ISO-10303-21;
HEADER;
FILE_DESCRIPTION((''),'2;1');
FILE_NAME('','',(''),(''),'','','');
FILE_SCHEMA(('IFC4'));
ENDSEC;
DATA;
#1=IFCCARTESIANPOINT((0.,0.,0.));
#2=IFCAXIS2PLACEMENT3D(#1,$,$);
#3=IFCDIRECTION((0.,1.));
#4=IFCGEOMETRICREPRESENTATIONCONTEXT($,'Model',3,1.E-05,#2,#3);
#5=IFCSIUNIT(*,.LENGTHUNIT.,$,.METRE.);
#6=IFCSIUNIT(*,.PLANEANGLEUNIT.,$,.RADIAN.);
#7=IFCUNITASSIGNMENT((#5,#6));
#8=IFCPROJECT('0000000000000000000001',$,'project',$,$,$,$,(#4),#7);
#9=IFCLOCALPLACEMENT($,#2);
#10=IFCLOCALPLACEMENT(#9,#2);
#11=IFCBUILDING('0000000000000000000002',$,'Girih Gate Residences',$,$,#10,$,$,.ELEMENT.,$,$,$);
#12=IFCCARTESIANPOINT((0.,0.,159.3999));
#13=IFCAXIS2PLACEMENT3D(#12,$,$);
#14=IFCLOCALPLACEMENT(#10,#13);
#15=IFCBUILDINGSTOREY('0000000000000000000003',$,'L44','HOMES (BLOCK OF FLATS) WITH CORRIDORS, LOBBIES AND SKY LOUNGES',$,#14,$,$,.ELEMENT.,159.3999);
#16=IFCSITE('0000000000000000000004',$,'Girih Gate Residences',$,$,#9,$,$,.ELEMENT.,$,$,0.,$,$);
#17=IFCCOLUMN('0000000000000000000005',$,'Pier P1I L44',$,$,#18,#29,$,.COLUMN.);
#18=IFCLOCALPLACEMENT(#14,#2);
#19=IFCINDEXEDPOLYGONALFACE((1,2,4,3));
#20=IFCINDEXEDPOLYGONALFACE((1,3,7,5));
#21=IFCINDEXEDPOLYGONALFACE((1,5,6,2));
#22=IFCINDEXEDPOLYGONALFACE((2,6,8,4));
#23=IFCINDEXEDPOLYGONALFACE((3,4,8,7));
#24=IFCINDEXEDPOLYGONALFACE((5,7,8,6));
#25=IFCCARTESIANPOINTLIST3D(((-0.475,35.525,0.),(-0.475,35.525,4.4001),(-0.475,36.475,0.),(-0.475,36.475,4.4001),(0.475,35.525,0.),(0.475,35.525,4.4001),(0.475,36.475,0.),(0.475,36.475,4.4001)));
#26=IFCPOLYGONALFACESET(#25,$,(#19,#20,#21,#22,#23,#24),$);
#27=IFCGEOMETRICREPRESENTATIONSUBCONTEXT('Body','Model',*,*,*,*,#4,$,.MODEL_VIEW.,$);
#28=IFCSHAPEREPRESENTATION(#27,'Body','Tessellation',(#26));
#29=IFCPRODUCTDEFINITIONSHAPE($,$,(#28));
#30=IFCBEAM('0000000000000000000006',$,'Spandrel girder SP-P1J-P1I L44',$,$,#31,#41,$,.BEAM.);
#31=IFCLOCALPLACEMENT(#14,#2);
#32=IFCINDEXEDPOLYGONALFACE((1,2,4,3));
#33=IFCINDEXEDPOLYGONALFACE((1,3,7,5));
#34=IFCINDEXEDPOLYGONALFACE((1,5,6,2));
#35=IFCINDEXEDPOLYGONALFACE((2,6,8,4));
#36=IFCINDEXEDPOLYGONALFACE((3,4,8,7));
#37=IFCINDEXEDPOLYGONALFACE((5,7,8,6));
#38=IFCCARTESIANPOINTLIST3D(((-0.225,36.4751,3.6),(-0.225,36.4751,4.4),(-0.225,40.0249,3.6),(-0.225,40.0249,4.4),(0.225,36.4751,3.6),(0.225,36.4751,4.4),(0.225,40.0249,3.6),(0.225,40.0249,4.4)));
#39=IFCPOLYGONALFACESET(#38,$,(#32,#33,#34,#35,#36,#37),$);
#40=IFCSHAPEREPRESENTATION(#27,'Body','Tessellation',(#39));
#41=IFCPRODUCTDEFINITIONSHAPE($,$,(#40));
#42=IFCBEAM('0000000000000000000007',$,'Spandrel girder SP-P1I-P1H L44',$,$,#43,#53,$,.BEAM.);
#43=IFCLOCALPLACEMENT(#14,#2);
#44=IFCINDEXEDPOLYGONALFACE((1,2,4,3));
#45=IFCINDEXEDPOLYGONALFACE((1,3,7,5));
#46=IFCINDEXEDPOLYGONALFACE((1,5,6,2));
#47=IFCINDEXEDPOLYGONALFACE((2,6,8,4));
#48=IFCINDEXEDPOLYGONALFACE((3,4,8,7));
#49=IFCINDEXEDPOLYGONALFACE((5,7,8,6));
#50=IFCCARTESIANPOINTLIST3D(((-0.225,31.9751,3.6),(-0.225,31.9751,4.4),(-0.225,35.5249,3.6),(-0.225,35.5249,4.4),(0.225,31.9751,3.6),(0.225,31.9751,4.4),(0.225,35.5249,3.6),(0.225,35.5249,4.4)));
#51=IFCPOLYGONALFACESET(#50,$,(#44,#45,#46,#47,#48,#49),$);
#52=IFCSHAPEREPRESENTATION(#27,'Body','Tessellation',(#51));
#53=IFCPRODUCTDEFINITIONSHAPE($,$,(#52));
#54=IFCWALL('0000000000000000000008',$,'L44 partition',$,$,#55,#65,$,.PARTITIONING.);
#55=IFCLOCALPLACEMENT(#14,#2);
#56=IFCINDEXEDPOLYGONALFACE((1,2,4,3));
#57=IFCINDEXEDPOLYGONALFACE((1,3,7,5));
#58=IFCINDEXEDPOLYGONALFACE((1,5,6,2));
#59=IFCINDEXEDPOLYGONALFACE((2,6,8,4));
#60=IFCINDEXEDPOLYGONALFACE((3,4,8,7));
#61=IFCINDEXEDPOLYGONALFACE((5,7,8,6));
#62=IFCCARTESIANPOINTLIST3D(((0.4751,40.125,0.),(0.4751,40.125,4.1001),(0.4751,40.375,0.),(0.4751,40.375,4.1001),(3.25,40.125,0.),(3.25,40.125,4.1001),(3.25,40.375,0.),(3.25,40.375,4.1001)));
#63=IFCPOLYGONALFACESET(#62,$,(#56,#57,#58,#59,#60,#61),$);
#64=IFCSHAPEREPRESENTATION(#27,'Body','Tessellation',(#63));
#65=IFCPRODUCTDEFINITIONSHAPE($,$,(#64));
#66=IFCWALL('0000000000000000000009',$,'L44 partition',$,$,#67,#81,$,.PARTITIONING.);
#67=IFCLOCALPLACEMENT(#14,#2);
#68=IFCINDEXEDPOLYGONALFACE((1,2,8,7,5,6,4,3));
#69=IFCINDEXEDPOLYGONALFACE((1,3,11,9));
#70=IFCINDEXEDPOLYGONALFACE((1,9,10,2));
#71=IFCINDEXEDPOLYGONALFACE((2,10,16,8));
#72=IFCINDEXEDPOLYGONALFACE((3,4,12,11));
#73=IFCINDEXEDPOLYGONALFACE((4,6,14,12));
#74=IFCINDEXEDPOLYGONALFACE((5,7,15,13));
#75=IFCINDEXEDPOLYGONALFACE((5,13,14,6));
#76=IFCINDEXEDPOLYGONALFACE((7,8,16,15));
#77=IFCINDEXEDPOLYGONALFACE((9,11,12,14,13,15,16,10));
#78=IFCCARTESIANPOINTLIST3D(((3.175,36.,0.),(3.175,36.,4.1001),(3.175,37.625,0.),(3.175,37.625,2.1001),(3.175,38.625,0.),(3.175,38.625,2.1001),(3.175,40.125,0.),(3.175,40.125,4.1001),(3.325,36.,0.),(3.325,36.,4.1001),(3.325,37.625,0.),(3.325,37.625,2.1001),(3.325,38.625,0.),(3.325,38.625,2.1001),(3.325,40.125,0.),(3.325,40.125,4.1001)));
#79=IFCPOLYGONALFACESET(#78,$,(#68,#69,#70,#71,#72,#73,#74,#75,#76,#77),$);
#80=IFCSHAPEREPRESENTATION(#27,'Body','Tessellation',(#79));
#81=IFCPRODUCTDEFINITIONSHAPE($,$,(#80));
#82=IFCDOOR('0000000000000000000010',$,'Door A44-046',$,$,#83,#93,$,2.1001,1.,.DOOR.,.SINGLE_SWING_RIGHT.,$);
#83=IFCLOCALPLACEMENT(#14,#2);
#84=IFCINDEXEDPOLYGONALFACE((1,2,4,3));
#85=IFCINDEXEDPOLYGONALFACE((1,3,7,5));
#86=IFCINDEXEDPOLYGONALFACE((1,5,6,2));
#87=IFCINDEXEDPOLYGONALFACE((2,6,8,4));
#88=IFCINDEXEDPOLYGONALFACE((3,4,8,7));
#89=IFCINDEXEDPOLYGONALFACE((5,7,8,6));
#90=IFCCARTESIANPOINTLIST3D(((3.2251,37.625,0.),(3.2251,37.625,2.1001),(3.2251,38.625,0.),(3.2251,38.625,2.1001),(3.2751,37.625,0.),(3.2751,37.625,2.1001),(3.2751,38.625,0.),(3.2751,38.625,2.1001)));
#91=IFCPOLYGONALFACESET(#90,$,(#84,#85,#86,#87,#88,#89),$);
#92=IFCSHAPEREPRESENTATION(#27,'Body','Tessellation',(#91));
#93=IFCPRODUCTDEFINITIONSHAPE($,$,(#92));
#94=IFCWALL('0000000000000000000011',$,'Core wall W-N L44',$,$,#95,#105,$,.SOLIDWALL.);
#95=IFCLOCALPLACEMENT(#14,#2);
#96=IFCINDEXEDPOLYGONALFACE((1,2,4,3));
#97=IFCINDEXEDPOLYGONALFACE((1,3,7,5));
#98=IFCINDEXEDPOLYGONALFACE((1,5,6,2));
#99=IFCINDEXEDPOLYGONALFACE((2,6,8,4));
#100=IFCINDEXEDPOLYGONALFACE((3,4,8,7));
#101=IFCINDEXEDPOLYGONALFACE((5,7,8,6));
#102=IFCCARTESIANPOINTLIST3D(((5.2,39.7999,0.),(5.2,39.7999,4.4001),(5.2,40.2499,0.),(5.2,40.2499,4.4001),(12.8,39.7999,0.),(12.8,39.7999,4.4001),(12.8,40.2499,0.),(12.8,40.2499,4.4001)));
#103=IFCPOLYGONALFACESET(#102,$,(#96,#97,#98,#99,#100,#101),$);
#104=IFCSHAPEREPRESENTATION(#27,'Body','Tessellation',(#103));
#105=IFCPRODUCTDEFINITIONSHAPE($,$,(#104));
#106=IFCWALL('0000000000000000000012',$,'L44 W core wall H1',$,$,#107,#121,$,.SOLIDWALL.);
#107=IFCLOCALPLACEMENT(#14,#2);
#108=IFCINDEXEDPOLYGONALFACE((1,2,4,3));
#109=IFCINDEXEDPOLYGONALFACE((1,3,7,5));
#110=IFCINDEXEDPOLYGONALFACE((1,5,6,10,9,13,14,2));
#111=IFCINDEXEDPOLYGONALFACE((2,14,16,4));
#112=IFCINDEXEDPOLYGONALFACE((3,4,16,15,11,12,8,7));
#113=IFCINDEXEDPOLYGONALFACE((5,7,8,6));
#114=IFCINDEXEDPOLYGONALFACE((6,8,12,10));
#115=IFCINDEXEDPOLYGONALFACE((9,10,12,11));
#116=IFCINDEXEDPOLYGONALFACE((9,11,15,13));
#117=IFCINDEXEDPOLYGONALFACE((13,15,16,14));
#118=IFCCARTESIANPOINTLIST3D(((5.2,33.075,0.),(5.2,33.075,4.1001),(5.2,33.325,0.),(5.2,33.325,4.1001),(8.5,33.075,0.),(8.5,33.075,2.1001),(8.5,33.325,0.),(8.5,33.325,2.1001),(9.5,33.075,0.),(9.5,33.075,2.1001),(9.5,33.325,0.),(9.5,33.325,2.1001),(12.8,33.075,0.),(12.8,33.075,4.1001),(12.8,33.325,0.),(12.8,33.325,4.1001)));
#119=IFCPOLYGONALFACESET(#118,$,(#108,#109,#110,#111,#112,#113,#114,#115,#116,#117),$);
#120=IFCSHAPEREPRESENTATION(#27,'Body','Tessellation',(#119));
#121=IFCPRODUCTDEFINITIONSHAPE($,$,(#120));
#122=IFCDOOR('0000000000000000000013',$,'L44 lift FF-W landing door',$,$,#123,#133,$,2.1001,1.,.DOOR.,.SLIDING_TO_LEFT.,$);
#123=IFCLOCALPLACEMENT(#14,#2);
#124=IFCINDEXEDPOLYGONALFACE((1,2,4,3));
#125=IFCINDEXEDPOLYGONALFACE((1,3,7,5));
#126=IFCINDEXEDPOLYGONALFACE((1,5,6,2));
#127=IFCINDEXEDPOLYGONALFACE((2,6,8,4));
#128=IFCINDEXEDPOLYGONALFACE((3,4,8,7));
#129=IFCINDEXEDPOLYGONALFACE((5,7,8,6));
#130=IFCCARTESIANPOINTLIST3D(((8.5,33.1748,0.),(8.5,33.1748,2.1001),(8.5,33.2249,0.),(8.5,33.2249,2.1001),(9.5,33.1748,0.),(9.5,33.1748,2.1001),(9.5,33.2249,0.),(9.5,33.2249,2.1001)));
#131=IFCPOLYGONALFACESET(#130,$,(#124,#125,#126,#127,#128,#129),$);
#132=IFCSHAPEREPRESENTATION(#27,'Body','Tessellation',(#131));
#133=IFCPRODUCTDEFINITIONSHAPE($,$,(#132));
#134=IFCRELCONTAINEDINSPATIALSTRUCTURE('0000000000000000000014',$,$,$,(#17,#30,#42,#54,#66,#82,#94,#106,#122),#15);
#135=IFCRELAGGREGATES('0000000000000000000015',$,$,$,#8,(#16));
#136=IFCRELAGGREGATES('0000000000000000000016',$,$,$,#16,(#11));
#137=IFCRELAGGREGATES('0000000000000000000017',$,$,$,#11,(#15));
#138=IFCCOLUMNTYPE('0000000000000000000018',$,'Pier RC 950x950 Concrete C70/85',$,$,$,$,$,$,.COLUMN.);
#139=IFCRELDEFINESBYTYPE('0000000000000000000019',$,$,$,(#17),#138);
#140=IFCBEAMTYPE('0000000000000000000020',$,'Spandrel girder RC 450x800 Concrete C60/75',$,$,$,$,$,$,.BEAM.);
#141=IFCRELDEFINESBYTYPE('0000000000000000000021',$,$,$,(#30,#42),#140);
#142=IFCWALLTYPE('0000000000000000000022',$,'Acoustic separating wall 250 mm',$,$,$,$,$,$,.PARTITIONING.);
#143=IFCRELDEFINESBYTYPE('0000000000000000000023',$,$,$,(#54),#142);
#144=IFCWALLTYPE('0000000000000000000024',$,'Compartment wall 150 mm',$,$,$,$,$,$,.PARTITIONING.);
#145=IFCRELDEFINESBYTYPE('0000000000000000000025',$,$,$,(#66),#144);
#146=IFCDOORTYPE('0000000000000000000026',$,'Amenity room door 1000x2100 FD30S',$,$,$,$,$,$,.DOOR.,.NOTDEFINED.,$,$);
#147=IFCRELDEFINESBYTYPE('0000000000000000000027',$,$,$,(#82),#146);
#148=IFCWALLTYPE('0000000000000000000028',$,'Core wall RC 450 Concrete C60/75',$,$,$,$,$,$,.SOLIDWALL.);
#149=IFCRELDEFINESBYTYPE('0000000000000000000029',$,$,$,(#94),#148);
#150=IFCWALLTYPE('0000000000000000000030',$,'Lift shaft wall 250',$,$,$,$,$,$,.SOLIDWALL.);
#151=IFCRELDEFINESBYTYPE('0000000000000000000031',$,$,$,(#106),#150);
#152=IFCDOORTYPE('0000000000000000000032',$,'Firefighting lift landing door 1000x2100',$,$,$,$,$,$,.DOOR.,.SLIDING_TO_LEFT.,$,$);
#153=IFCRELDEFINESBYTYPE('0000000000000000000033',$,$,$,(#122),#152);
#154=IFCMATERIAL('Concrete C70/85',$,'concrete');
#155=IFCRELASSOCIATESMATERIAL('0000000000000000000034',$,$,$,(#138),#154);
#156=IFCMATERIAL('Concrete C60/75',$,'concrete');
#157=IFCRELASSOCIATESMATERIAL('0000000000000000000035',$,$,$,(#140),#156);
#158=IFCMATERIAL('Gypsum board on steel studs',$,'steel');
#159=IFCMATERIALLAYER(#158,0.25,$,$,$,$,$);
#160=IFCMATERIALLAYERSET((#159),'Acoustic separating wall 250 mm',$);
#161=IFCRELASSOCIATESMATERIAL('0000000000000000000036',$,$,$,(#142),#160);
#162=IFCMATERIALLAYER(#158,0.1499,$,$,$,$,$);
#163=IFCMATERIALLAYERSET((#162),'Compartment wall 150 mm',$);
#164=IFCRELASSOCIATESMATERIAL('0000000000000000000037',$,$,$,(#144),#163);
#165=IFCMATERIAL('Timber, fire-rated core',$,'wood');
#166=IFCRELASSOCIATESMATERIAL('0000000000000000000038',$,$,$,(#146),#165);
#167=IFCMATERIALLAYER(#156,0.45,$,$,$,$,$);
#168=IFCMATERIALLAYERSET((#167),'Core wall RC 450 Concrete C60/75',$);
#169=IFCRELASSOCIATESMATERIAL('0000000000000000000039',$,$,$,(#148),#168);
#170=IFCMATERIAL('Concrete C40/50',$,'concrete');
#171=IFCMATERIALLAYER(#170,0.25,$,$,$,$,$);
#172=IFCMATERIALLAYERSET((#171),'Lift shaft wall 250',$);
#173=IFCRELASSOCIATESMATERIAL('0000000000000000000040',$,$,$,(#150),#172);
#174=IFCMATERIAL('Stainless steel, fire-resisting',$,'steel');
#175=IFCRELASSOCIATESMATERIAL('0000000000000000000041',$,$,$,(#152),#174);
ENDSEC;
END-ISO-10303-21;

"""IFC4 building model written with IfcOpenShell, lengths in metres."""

from ifc_helpers import new_model, si_unit, direction, frame, frame_2d, origin, origin_2d, place, context, subcontext, project, spatial, rectangle, extrude, material, layer, layer_set, material_profile, profile_set, type_object, element, fill, save


model = new_model("IFC4")

# Units and contexts
model_context = context("Model", 3, precision=1e-05, world=origin(), true_north=direction((0.0, 1.0)))
body_context = subcontext(model_context, "Body", "Model", "MODEL_VIEW")
ifc_project = project(units=[si_unit("LENGTHUNIT", "METRE"), si_unit("PLANEANGLEUNIT", "RADIAN")], contexts=[model_context])

# Site, building, storey
site_placement = place(None, origin())
site = spatial("IfcSite", under=ifc_project, at=site_placement, Name="Girih Gate Residences", CompositionType="ELEMENT", RefElevation=0.0)
building_placement = place(site_placement, origin())
building = spatial("IfcBuilding", under=site, at=building_placement, Name="Girih Gate Residences", CompositionType="ELEMENT")
storey_placement = place(building_placement, frame((0.0, 0.0, 159.3999)))
storey = spatial("IfcBuildingStorey", under=building, at=storey_placement, Name="L44", Description="HOMES (BLOCK OF FLATS) WITH CORRIDORS, LOBBIES AND SKY LOUNGES", CompositionType="ELEMENT", Elevation=159.3999)

# Column
ifc_material_1 = material(Name="Concrete C70/85", Category="concrete")
ifc_material_profile_1 = material_profile(ifc_material_1, rectangle(XDim=0.95, YDim=0.95, at=origin_2d()))
ifc_profile_set_1 = profile_set([ifc_material_profile_1], Name="Concrete C70/85")
column_type = type_object("IfcColumnType", Name="Pier RC 950x950 Concrete C70/85", PredefinedType="COLUMN", material=ifc_profile_set_1)
column_placement = place(storey_placement, frame((0.0, 36.0, 0.0), z_axis=(0.0, 0.0, 1.0), x_axis=(1.0, 0.0, 0.0)))
element("IfcColumn", 1, at=column_placement, inside=storey, type_object=column_type, Name="Pier P1I L44", PredefinedType="COLUMN", context=body_context, shape_type="SweptSolid", body=[
    extrude(rectangle(XDim=0.95, YDim=0.95, at=origin_2d()), origin(), (0.0, 0.0, 1.0), 4.4001),
])

# Beams
ifc_material_2 = material(Name="Concrete C60/75", Category="concrete")
ifc_material_profile_2 = material_profile(ifc_material_2, rectangle(XDim=0.45, YDim=0.8, at=origin_2d()))
ifc_profile_set_2 = profile_set([ifc_material_profile_2], Name="Concrete C60/75")
beam_type = type_object("IfcBeamType", Name="Spandrel girder RC 450x800 Concrete C60/75", PredefinedType="BEAM", material=ifc_profile_set_2)
for number, where, z_axis, x_axis, name in (
    (2, (0.0, 40.0249, 4.0), (0.0, -1.0, 0.0), (1.0, 0.0, 0.0), "Spandrel girder SP-P1J-P1I L44"),
    (3, (0.0, 35.5249, 4.0), (0.0, -1.0, 0.0), (1.0, 0.0, 0.0), "Spandrel girder SP-P1I-P1H L44"),
):
    element("IfcBeam", number, at=place(storey_placement, frame(where, z_axis=z_axis, x_axis=x_axis)), inside=storey, type_object=beam_type, Name=name, PredefinedType="BEAM", context=body_context, shape_type="SweptSolid", body=[
        extrude(rectangle(XDim=0.45, YDim=0.8, at=origin_2d()), origin(), (0.0, 0.0, 1.0), 3.5498),
    ])

# Wall
ifc_material_3 = material(Name="Gypsum board on steel studs", Category="steel")
ifc_layer_1 = layer(ifc_material_3, 0.25)
ifc_layer_set_1 = layer_set([ifc_layer_1], Name="Acoustic separating wall 250 mm")
wall_type_1 = type_object("IfcWallType", Name="Acoustic separating wall 250 mm", PredefinedType="PARTITIONING", material=ifc_layer_set_1)
wall_1_placement = place(storey_placement, frame((0.4751, 40.25, 0.0), z_axis=(0.0, 0.0, 1.0), x_axis=(1.0, 0.0, 0.0)))
element("IfcWall", 4, at=wall_1_placement, inside=storey, type_object=wall_type_1, Name="L44 partition", PredefinedType="PARTITIONING", context=body_context, shape_type="SweptSolid", body=[
    extrude(rectangle(XDim=2.7749, YDim=0.25, at=frame_2d((1.3875, 0.0))), origin(), (0.0, 0.0, 1.0), 4.1001),
])

# Wall, opening, door
ifc_layer_2 = layer(ifc_material_3, 0.1499)
ifc_layer_set_2 = layer_set([ifc_layer_2], Name="Compartment wall 150 mm")
wall_type_2 = type_object("IfcWallType", Name="Compartment wall 150 mm", PredefinedType="PARTITIONING", material=ifc_layer_set_2)
wall_2_placement = place(storey_placement, frame((3.25, 36.0, 0.0), z_axis=(0.0, 0.0, 1.0), x_axis=(0.0, 1.0, 0.0)))
wall_2 = element("IfcWall", 5, at=wall_2_placement, inside=storey, type_object=wall_type_2, Name="L44 partition", PredefinedType="PARTITIONING", context=body_context, shape_type="SweptSolid", body=[
    extrude(rectangle(XDim=4.125, YDim=0.1499, at=frame_2d((2.0625, 0.0))), origin(), (0.0, 0.0, 1.0), 4.1001),
])
opening_1_placement = place(wall_2_placement, frame((1.625, 0.0, 0.0)))
opening_1 = element("IfcOpeningElement", 6, at=opening_1_placement, cuts=wall_2, PredefinedType="OPENING", context=body_context, shape_type="SweptSolid", body=[
    extrude(rectangle(XDim=1.0, YDim=2.1001, at=frame_2d((0.5, 1.05))), frame((0.0, 0.085, 0.0), z_axis=(0.0, -1.0, 0.0), x_axis=(1.0, 0.0, 0.0)), (0.0, 0.0, 1.0), 0.1699),
])
ifc_material_4 = material(Name="Timber, fire-rated core", Category="wood")
door_type_1 = type_object("IfcDoorType", Name="Amenity room door 1000x2100 FD30S", OperationType="NOTDEFINED", PredefinedType="DOOR", material=ifc_material_4)
door_1_placement = place(opening_1_placement, origin())
door_1 = element("IfcDoor", 7, at=door_1_placement, inside=storey, type_object=door_type_1, Name="Door A44-046", OperationType="SINGLE_SWING_RIGHT", OverallHeight=2.1001, OverallWidth=1.0, PredefinedType="DOOR", context=body_context, shape_type="SweptSolid", body=[
    extrude(rectangle(XDim=1.0, YDim=2.1001, at=frame_2d((0.5, 1.05))), frame((0.0, 0.0249, 0.0), z_axis=(0.0, -1.0, 0.0), x_axis=(1.0, 0.0, 0.0)), (0.0, 0.0, 1.0), 0.05),
])
fill(opening_1, door_1)

# Wall
ifc_layer_3 = layer(ifc_material_2, 0.45)
ifc_layer_set_3 = layer_set([ifc_layer_3], Name="Core wall RC 450 Concrete C60/75")
wall_type_3 = type_object("IfcWallType", Name="Core wall RC 450 Concrete C60/75", PredefinedType="SOLIDWALL", material=ifc_layer_set_3)
wall_3_placement = place(storey_placement, frame((5.2, 40.0249, 0.0), z_axis=(0.0, 0.0, 1.0), x_axis=(1.0, 0.0, 0.0)))
element("IfcWall", 8, at=wall_3_placement, inside=storey, type_object=wall_type_3, Name="Core wall W-N L44", PredefinedType="SOLIDWALL", context=body_context, shape_type="SweptSolid", body=[
    extrude(rectangle(XDim=7.6001, YDim=0.45, at=frame_2d((3.8, 0.0))), origin(), (0.0, 0.0, 1.0), 4.4001),
])

# Wall, opening, door
ifc_material_5 = material(Name="Concrete C40/50", Category="concrete")
ifc_layer_4 = layer(ifc_material_5, 0.25)
ifc_layer_set_4 = layer_set([ifc_layer_4], Name="Lift shaft wall 250")
wall_type_4 = type_object("IfcWallType", Name="Lift shaft wall 250", PredefinedType="SOLIDWALL", material=ifc_layer_set_4)
wall_4_placement = place(storey_placement, frame((5.2, 33.2, 0.0), z_axis=(0.0, 0.0, 1.0), x_axis=(1.0, 0.0, 0.0)))
wall_4 = element("IfcWall", 9, at=wall_4_placement, inside=storey, type_object=wall_type_4, Name="L44 W core wall H1", PredefinedType="SOLIDWALL", context=body_context, shape_type="SweptSolid", body=[
    extrude(rectangle(XDim=7.6001, YDim=0.25, at=frame_2d((3.8, 0.0))), origin(), (0.0, 0.0, 1.0), 4.1001),
])
opening_2_placement = place(wall_4_placement, frame((3.3, 0.0, 0.0)))
opening_2 = element("IfcOpeningElement", 10, at=opening_2_placement, cuts=wall_4, PredefinedType="OPENING", context=body_context, shape_type="SweptSolid", body=[
    extrude(rectangle(XDim=1.0, YDim=2.1001, at=frame_2d((0.5, 1.05))), frame((0.0, 0.135, 0.0), z_axis=(0.0, -1.0, 0.0), x_axis=(1.0, 0.0, 0.0)), (0.0, 0.0, 1.0), 0.27),
])
ifc_material_6 = material(Name="Stainless steel, fire-resisting", Category="steel")
door_type_2 = type_object("IfcDoorType", Name="Firefighting lift landing door 1000x2100", OperationType="SLIDING_TO_LEFT", PredefinedType="DOOR", material=ifc_material_6)
door_2_placement = place(opening_2_placement, origin())
door_2 = element("IfcDoor", 11, at=door_2_placement, inside=storey, type_object=door_type_2, Name="L44 lift FF-W landing door", OperationType="SLIDING_TO_LEFT", OverallHeight=2.1001, OverallWidth=1.0, PredefinedType="DOOR", context=body_context, shape_type="SweptSolid", body=[
    extrude(rectangle(XDim=1.0, YDim=2.1001, at=frame_2d((0.5, 1.05))), frame((0.0, 0.0249, 0.0), z_axis=(0.0, -1.0, 0.0), x_axis=(1.0, 0.0, 0.0)), (0.0, 0.0, 1.0), 0.05),
])
fill(opening_2, door_2)

save(model, "model.ifc")
